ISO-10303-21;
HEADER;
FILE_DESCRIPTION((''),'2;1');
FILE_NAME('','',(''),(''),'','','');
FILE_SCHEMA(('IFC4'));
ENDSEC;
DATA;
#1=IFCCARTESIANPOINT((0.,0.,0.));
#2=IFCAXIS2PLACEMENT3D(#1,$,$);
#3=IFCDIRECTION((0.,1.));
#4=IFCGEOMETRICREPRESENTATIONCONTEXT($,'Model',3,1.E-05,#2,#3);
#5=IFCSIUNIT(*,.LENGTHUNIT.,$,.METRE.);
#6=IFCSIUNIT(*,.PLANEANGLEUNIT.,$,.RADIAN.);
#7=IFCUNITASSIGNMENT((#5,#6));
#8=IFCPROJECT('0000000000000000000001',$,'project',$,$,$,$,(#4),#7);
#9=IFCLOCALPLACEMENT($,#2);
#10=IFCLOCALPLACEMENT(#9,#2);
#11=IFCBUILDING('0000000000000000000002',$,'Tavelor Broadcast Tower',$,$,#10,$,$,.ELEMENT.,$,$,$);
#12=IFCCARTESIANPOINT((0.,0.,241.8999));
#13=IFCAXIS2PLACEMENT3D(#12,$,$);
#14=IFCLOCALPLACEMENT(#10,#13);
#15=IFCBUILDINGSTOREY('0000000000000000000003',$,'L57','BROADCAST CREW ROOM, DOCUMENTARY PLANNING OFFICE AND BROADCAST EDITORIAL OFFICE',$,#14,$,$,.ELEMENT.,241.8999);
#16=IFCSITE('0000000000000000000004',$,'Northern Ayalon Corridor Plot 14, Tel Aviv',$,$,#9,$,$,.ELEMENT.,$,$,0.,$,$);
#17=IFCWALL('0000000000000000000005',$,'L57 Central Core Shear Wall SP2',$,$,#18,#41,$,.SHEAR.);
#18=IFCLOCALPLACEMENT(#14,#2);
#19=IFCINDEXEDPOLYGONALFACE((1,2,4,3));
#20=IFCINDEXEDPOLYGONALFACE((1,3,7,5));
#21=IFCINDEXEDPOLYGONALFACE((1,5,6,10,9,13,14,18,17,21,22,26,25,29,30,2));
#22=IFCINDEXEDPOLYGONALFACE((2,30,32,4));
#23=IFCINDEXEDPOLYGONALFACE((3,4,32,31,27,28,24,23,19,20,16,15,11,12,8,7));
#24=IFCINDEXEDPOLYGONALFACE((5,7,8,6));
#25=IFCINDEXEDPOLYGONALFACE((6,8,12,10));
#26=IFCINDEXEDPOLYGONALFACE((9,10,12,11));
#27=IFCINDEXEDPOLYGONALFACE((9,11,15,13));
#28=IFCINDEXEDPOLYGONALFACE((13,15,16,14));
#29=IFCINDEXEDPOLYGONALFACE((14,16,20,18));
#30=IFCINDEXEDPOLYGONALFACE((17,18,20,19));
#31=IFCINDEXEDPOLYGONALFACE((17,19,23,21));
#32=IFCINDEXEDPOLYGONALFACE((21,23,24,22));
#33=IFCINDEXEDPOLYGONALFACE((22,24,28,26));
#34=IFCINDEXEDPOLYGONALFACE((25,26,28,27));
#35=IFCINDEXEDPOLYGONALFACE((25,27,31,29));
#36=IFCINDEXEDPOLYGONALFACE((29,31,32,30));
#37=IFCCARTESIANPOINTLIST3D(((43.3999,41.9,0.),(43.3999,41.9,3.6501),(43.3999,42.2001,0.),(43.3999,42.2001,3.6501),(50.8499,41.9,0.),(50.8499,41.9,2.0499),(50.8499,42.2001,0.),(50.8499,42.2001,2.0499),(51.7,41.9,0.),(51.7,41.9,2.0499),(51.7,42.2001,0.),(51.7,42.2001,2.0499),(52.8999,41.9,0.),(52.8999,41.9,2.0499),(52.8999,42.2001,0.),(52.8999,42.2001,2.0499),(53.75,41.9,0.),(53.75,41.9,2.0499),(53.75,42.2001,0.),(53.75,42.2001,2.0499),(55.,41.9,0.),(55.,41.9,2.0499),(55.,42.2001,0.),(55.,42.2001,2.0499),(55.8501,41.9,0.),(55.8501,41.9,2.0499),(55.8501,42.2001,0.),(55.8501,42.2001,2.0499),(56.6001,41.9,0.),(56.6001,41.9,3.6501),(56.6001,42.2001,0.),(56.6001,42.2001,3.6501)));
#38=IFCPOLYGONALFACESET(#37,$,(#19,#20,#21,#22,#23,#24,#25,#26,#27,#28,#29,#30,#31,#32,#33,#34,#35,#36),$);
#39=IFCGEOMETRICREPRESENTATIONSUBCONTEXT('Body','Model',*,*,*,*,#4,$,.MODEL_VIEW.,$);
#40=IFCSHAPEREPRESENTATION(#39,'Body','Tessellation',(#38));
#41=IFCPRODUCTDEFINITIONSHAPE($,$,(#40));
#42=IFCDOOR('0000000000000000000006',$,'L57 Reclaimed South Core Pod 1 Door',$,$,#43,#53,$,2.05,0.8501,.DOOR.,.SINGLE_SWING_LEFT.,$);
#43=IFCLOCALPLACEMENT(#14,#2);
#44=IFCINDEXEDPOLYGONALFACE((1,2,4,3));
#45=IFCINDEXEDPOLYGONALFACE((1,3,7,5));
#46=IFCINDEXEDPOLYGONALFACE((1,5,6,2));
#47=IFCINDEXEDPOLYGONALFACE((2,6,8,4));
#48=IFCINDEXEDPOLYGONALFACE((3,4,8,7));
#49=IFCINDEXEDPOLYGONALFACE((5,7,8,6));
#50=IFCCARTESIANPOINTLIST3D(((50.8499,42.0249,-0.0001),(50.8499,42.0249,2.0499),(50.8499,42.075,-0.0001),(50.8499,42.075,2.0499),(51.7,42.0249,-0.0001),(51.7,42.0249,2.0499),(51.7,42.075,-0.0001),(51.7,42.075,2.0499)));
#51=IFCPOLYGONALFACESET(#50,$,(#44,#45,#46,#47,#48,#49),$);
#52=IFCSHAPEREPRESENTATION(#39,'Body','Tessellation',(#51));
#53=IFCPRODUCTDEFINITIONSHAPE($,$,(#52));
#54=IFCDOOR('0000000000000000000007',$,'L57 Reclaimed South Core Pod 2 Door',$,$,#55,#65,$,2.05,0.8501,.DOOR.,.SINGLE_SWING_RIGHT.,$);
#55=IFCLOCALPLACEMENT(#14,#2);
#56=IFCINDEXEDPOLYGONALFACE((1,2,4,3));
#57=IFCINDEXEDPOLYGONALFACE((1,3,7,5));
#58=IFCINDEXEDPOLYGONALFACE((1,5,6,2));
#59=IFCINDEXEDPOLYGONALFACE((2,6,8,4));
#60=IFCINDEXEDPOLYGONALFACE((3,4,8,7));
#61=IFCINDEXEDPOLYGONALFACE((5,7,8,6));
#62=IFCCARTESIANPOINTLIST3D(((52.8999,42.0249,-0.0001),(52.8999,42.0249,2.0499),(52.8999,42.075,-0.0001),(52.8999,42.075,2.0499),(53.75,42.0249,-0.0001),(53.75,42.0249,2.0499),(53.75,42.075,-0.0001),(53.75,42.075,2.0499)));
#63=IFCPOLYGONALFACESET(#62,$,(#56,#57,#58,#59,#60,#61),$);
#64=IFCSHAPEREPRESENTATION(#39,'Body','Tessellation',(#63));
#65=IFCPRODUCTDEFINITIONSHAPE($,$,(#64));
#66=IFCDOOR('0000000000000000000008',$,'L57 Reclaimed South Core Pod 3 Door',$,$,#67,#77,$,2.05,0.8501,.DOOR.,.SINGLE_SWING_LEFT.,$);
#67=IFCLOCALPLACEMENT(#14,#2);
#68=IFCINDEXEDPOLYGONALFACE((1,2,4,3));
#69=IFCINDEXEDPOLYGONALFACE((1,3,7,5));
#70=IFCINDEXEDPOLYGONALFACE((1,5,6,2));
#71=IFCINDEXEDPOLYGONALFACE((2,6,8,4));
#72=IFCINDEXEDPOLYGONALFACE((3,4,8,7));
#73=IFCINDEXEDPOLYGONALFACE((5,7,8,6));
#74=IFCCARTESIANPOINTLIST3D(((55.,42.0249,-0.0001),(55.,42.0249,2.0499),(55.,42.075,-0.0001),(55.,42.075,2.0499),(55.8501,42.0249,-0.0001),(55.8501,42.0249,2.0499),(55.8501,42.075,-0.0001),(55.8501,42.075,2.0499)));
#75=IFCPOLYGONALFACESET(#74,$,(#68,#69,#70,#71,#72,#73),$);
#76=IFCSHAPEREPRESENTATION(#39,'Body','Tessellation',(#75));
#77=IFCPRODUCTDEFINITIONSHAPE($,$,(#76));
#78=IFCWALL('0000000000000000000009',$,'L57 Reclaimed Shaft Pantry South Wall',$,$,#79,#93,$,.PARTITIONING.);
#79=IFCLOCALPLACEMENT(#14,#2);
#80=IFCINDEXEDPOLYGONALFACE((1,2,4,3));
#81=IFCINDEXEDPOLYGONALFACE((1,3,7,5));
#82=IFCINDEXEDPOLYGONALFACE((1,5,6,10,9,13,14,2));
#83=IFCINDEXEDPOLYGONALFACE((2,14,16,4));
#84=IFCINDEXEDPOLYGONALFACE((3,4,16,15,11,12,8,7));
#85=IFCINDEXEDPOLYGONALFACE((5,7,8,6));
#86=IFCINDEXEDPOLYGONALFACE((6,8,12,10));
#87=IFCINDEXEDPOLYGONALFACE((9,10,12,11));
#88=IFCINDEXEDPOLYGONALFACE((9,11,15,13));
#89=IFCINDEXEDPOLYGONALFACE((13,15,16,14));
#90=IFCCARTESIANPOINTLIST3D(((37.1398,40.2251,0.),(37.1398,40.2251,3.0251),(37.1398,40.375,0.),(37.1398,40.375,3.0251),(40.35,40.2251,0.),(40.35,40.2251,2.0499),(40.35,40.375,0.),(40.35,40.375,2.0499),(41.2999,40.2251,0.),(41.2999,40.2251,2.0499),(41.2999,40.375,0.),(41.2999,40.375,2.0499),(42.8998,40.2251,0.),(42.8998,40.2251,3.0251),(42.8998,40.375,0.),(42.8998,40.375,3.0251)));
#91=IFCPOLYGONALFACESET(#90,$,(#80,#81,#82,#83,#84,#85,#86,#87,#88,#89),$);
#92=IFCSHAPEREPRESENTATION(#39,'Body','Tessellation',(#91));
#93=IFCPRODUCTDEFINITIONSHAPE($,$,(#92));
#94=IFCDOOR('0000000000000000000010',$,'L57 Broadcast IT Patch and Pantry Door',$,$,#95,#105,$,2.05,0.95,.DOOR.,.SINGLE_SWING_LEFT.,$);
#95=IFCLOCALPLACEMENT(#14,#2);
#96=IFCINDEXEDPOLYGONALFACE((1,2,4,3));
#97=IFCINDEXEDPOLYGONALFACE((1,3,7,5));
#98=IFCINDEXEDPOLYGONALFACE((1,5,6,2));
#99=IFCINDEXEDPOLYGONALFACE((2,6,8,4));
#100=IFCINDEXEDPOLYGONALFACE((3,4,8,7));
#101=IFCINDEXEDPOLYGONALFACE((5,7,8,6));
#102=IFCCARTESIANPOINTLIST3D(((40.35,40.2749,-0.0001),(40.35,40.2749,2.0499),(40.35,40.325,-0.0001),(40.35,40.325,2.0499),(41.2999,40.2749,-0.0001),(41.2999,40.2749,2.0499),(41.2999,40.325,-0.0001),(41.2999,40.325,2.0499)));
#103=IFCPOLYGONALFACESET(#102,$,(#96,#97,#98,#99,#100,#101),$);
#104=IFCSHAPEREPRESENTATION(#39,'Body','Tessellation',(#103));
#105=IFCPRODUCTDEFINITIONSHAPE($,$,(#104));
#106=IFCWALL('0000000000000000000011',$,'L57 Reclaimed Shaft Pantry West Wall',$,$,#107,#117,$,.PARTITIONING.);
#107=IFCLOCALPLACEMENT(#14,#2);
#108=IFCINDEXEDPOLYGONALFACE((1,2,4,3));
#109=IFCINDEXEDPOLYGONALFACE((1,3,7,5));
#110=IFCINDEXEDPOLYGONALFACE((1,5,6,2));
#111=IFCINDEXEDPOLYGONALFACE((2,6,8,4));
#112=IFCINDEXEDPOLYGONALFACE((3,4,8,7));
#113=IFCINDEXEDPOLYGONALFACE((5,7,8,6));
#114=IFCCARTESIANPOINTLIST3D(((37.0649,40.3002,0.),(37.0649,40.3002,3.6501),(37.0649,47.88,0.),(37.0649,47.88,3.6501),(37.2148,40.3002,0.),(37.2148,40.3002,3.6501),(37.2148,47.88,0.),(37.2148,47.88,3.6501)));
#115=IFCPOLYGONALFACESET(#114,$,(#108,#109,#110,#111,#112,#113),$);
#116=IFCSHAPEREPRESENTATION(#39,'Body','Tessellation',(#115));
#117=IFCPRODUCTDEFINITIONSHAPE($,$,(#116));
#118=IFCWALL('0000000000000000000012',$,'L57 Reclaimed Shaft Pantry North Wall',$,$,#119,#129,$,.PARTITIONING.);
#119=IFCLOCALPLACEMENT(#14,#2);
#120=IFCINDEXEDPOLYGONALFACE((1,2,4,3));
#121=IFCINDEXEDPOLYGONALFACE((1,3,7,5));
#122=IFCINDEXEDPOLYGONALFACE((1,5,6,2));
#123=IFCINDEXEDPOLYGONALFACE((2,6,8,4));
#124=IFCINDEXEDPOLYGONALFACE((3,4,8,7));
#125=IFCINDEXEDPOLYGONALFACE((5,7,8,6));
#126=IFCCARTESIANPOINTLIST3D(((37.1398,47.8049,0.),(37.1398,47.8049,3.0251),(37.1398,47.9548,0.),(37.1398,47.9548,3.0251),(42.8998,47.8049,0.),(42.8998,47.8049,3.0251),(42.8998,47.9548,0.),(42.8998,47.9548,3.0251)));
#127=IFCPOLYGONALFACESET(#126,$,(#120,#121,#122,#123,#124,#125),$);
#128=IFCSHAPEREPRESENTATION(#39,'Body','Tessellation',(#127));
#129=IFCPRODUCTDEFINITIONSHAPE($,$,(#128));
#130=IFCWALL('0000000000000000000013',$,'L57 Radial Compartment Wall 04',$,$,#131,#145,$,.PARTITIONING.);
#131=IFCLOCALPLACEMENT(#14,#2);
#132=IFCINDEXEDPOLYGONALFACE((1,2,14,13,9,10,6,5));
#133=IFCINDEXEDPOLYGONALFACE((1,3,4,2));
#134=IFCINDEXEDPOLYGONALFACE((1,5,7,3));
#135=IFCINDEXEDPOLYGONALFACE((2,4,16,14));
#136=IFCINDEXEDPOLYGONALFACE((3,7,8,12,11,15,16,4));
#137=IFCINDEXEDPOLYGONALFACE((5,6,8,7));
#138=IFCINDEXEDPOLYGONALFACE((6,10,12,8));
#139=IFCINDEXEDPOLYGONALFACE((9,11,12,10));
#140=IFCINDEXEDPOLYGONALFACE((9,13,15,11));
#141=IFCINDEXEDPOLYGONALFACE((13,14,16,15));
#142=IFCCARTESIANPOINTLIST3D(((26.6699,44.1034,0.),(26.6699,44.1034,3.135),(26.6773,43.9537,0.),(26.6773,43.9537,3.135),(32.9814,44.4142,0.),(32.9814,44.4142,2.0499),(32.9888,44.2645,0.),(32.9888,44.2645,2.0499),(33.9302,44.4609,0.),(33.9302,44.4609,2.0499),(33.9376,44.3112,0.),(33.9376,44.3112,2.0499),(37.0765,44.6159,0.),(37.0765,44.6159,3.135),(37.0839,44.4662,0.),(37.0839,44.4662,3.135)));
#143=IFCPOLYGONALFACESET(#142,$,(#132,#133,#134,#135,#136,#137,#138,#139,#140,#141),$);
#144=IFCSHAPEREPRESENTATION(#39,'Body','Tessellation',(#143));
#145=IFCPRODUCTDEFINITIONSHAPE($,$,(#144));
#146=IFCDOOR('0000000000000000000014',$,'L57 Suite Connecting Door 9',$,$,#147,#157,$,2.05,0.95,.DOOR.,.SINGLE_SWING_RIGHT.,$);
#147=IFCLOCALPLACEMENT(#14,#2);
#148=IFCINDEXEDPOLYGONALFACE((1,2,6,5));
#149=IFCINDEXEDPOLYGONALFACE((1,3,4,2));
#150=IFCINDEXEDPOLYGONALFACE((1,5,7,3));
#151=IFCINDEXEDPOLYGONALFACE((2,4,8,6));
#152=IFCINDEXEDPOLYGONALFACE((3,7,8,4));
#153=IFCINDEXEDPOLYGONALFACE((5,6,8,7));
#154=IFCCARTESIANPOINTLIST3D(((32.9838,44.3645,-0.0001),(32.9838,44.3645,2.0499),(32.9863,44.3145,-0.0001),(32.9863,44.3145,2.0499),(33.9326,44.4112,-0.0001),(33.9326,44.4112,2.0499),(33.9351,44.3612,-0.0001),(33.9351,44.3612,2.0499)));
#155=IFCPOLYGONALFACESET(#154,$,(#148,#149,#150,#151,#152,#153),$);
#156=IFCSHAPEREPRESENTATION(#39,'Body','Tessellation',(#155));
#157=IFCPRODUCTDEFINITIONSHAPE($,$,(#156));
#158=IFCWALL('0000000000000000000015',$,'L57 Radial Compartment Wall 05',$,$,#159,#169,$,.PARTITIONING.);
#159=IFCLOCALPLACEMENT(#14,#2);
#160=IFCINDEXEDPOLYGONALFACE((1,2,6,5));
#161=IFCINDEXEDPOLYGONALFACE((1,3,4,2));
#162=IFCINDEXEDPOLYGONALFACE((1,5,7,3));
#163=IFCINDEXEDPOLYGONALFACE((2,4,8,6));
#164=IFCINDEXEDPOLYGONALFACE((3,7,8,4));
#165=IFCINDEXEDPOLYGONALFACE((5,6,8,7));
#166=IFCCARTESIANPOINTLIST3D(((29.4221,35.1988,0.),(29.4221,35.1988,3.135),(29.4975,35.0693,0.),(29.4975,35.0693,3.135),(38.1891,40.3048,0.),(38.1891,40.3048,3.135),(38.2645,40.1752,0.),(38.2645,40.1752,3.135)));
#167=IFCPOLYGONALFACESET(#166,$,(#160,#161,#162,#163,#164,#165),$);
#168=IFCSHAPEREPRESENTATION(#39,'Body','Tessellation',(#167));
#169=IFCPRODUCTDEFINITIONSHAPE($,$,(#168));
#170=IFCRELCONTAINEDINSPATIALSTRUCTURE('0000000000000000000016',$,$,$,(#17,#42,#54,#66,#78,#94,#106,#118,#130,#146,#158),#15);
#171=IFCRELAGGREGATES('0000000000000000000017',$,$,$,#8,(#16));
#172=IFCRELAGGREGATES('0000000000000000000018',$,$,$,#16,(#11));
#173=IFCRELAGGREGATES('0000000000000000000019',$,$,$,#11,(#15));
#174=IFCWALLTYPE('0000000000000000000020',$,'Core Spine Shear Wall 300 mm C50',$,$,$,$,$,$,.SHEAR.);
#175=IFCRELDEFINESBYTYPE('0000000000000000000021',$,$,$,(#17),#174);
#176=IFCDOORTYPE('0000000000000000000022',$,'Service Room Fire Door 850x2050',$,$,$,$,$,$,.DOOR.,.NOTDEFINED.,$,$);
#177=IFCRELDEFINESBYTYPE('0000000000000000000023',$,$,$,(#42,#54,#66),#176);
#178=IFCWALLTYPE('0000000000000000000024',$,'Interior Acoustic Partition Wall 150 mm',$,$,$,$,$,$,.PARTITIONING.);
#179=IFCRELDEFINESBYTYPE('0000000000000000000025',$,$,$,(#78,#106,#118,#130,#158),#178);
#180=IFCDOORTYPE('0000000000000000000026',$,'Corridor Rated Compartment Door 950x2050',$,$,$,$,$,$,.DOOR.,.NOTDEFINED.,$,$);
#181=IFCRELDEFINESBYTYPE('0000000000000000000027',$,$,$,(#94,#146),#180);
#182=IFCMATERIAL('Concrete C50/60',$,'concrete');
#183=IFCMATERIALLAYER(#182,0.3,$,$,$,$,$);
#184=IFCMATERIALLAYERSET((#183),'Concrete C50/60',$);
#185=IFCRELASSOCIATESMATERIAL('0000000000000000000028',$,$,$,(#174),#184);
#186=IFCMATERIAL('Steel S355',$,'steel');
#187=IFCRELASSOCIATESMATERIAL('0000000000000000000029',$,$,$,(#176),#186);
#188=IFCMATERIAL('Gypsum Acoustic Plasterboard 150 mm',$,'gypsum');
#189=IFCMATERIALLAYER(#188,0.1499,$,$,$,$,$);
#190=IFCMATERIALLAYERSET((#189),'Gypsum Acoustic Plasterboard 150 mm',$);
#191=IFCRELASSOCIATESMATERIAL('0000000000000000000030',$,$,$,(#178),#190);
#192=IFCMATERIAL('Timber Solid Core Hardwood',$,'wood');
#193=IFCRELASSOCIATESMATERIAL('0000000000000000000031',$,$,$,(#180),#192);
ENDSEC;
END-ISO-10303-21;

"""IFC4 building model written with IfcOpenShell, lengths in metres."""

from ifc_helpers import new_model, si_unit, direction, frame, frame_2d, origin, place, context, subcontext, project, spatial, rectangle, extrude, material, layer, layer_set, type_object, element, fill, save


model = new_model("IFC4")

# Units and contexts
model_context = context("Model", 3, precision=1e-05, world=origin(), true_north=direction((0.0, 1.0)))
body_context = subcontext(model_context, "Body", "Model", "MODEL_VIEW")
ifc_project = project(units=[si_unit("LENGTHUNIT", "METRE"), si_unit("PLANEANGLEUNIT", "RADIAN")], contexts=[model_context])

# Site, building, storey
site_placement = place(None, origin())
site = spatial("IfcSite", under=ifc_project, at=site_placement, Name="Northern Ayalon Corridor Plot 14, Tel Aviv", CompositionType="ELEMENT", RefElevation=0.0)
building_placement = place(site_placement, origin())
building = spatial("IfcBuilding", under=site, at=building_placement, Name="Tavelor Broadcast Tower", CompositionType="ELEMENT")
storey_placement = place(building_placement, frame((0.0, 0.0, 241.8999)))
storey = spatial("IfcBuildingStorey", under=building, at=storey_placement, Name="L57", Description="BROADCAST CREW ROOM, DOCUMENTARY PLANNING OFFICE AND BROADCAST EDITORIAL OFFICE", CompositionType="ELEMENT", Elevation=241.8999)

# Shared definitions
ifc_material_1 = material(Name="Concrete C50/60", Category="concrete")

# Shared definitions
ifc_material_2 = material(Name="Steel S355", Category="steel")

# Wall, openings, doors
ifc_layer_1 = layer(ifc_material_1, 0.3)
ifc_layer_set_1 = layer_set([ifc_layer_1], Name="Concrete C50/60")
wall_type_1 = type_object("IfcWallType", Name="Core Spine Shear Wall 300 mm C50", PredefinedType="SHEAR", material=ifc_layer_set_1)
wall_1_placement = place(storey_placement, frame((43.3999, 42.05, 0.0), z_axis=(0.0, 0.0, 1.0), x_axis=(1.0, 0.0, 0.0)))
wall_1 = element("IfcWall", 1, at=wall_1_placement, inside=storey, type_object=wall_type_1, Name="L57 Central Core Shear Wall SP2", PredefinedType="SHEAR", context=body_context, shape_type="SweptSolid", body=[
    extrude(rectangle(XDim=13.2002, YDim=0.3, at=frame_2d((6.6001, 0.0))), origin(), (0.0, 0.0, 1.0), 3.6501),
])
opening_1_placement = place(wall_1_placement, frame((7.45, 0.0, 0.0)))
opening_1 = element("IfcOpeningElement", 2, at=opening_1_placement, cuts=wall_1, PredefinedType="OPENING", context=body_context, shape_type="SweptSolid", body=[
    extrude(rectangle(XDim=0.8501, YDim=2.05, at=frame_2d((0.425, 1.0249))), frame((0.0, 0.1602, 0.0), z_axis=(0.0, -1.0, 0.0), x_axis=(1.0, 0.0, 0.0)), (0.0, 0.0, 1.0), 0.3201),
])
opening_2_placement = place(wall_1_placement, frame((9.5, 0.0, 0.0)))
opening_2 = element("IfcOpeningElement", 3, at=opening_2_placement, cuts=wall_1, PredefinedType="OPENING", context=body_context, shape_type="SweptSolid", body=[
    extrude(rectangle(XDim=0.8501, YDim=2.05, at=frame_2d((0.425, 1.0249))), frame((0.0, 0.1602, 0.0), z_axis=(0.0, -1.0, 0.0), x_axis=(1.0, 0.0, 0.0)), (0.0, 0.0, 1.0), 0.3201),
])
opening_3_placement = place(wall_1_placement, frame((11.6001, 0.0, 0.0)))
opening_3 = element("IfcOpeningElement", 4, at=opening_3_placement, cuts=wall_1, PredefinedType="OPENING", context=body_context, shape_type="SweptSolid", body=[
    extrude(rectangle(XDim=0.8501, YDim=2.05, at=frame_2d((0.425, 1.0249))), frame((0.0, 0.1602, 0.0), z_axis=(0.0, -1.0, 0.0), x_axis=(1.0, 0.0, 0.0)), (0.0, 0.0, 1.0), 0.3201),
])
door_type_1 = type_object("IfcDoorType", Name="Service Room Fire Door 850x2050", OperationType="NOTDEFINED", PredefinedType="DOOR", material=ifc_material_2)
door_1_placement = place(opening_1_placement, origin())
door_1 = element("IfcDoor", 5, at=door_1_placement, inside=storey, type_object=door_type_1, Name="L57 Reclaimed South Core Pod 1 Door", OperationType="SINGLE_SWING_LEFT", OverallHeight=2.05, OverallWidth=0.8501, PredefinedType="DOOR", context=body_context, shape_type="SweptSolid", body=[
    extrude(rectangle(XDim=0.8501, YDim=2.05, at=frame_2d((0.425, 1.0249))), frame((0.0, 0.0249, 0.0), z_axis=(0.0, -1.0, 0.0), x_axis=(1.0, 0.0, 0.0)), (0.0, 0.0, 1.0), 0.05),
])
fill(opening_1, door_1)
door_2_placement = place(opening_2_placement, origin())
door_2 = element("IfcDoor", 6, at=door_2_placement, inside=storey, type_object=door_type_1, Name="L57 Reclaimed South Core Pod 2 Door", OperationType="SINGLE_SWING_RIGHT", OverallHeight=2.05, OverallWidth=0.8501, PredefinedType="DOOR", context=body_context, shape_type="SweptSolid", body=[
    extrude(rectangle(XDim=0.8501, YDim=2.05, at=frame_2d((0.425, 1.0249))), frame((0.0, 0.0249, 0.0), z_axis=(0.0, -1.0, 0.0), x_axis=(1.0, 0.0, 0.0)), (0.0, 0.0, 1.0), 0.05),
])
fill(opening_2, door_2)
door_3_placement = place(opening_3_placement, origin())
door_3 = element("IfcDoor", 7, at=door_3_placement, inside=storey, type_object=door_type_1, Name="L57 Reclaimed South Core Pod 3 Door", OperationType="SINGLE_SWING_LEFT", OverallHeight=2.05, OverallWidth=0.8501, PredefinedType="DOOR", context=body_context, shape_type="SweptSolid", body=[
    extrude(rectangle(XDim=0.8501, YDim=2.05, at=frame_2d((0.425, 1.0249))), frame((0.0, 0.0249, 0.0), z_axis=(0.0, -1.0, 0.0), x_axis=(1.0, 0.0, 0.0)), (0.0, 0.0, 1.0), 0.05),
])
fill(opening_3, door_3)

# Wall, opening, door
ifc_material_3 = material(Name="Gypsum Acoustic Plasterboard 150 mm", Category="gypsum")
ifc_layer_2 = layer(ifc_material_3, 0.1499)
ifc_layer_set_2 = layer_set([ifc_layer_2], Name="Gypsum Acoustic Plasterboard 150 mm")
wall_type_2 = type_object("IfcWallType", Name="Interior Acoustic Partition Wall 150 mm", PredefinedType="PARTITIONING", material=ifc_layer_set_2)
wall_2_placement = place(storey_placement, frame((37.1399, 40.3, 0.0), z_axis=(0.0, 0.0, 1.0), x_axis=(1.0, 0.0, 0.0)))
wall_2 = element("IfcWall", 8, at=wall_2_placement, inside=storey, type_object=wall_type_2, Name="L57 Reclaimed Shaft Pantry South Wall", PredefinedType="PARTITIONING", context=body_context, shape_type="SweptSolid", body=[
    extrude(rectangle(XDim=5.76, YDim=0.1499, at=frame_2d((2.8799, 0.0))), origin(), (0.0, 0.0, 1.0), 3.0251),
])
opening_4_placement = place(wall_2_placement, frame((3.21, 0.0, 0.0)))
opening_4 = element("IfcOpeningElement", 9, at=opening_4_placement, cuts=wall_2, PredefinedType="OPENING", context=body_context, shape_type="SweptSolid", body=[
    extrude(rectangle(XDim=0.95, YDim=2.05, at=frame_2d((0.4751, 1.0249))), frame((0.0, 0.085, 0.0), z_axis=(0.0, -1.0, 0.0), x_axis=(1.0, 0.0, 0.0)), (0.0, 0.0, 1.0), 0.1699),
])
ifc_material_4 = material(Name="Timber Solid Core Hardwood", Category="wood")
door_type_2 = type_object("IfcDoorType", Name="Corridor Rated Compartment Door 950x2050", OperationType="NOTDEFINED", PredefinedType="DOOR", material=ifc_material_4)
door_4_placement = place(opening_4_placement, origin())
door_4 = element("IfcDoor", 10, at=door_4_placement, inside=storey, type_object=door_type_2, Name="L57 Broadcast IT Patch and Pantry Door", OperationType="SINGLE_SWING_LEFT", OverallHeight=2.05, OverallWidth=0.95, PredefinedType="DOOR", context=body_context, shape_type="SweptSolid", body=[
    extrude(rectangle(XDim=0.95, YDim=2.05, at=frame_2d((0.4751, 1.0249))), frame((0.0, 0.0249, 0.0), z_axis=(0.0, -1.0, 0.0), x_axis=(1.0, 0.0, 0.0)), (0.0, 0.0, 1.0), 0.05),
])
fill(opening_4, door_4)

# Walls
wall_3_placement = place(storey_placement, frame((37.1399, 40.3, 0.0), z_axis=(0.0, 0.0, 1.0), x_axis=(0.0, 1.0, 0.0)))
element("IfcWall", 11, at=wall_3_placement, inside=storey, type_object=wall_type_2, Name="L57 Reclaimed Shaft Pantry West Wall", PredefinedType="PARTITIONING", context=body_context, shape_type="SweptSolid", body=[
    extrude(rectangle(XDim=7.5798, YDim=0.1499, at=frame_2d((3.79, 0.0))), origin(), (0.0, 0.0, 1.0), 3.6501),
])
wall_4_placement = place(storey_placement, frame((37.1399, 47.8799, 0.0), z_axis=(0.0, 0.0, 1.0), x_axis=(1.0, 0.0, 0.0)))
element("IfcWall", 12, at=wall_4_placement, inside=storey, type_object=wall_type_2, Name="L57 Reclaimed Shaft Pantry North Wall", PredefinedType="PARTITIONING", context=body_context, shape_type="SweptSolid", body=[
    extrude(rectangle(XDim=5.76, YDim=0.1499, at=frame_2d((2.8799, 0.0))), origin(), (0.0, 0.0, 1.0), 3.0251),
])

# Wall, opening, door
wall_5_placement = place(storey_placement, frame((37.0801, 44.541, 0.0), z_axis=(0.0, 0.0, 1.0), x_axis=(-0.99879, -0.049184, 0.0)))
wall_5 = element("IfcWall", 13, at=wall_5_placement, inside=storey, type_object=wall_type_2, Name="L57 Radial Compartment Wall 04", PredefinedType="PARTITIONING", context=body_context, shape_type="SweptSolid", body=[
    extrude(rectangle(XDim=10.4192, YDim=0.1499, at=frame_2d((5.2095, 0.0))), origin(), (0.0, 0.0, 1.0), 3.135),
])
opening_5_placement = place(wall_5_placement, frame((3.1499, 0.0, 0.0)))
opening_5 = element("IfcOpeningElement", 14, at=opening_5_placement, cuts=wall_5, PredefinedType="OPENING", context=body_context, shape_type="SweptSolid", body=[
    extrude(rectangle(XDim=0.95, YDim=2.05, at=frame_2d((0.4751, 1.0249))), frame((0.0, 0.085, 0.0), z_axis=(0.0, -1.0, 0.0), x_axis=(1.0, 0.0, 0.0)), (0.0, 0.0, 1.0), 0.1699),
])
door_5_placement = place(opening_5_placement, origin())
door_5 = element("IfcDoor", 15, at=door_5_placement, inside=storey, type_object=door_type_2, Name="L57 Suite Connecting Door 9", OperationType="SINGLE_SWING_RIGHT", OverallHeight=2.05, OverallWidth=0.95, PredefinedType="DOOR", context=body_context, shape_type="SweptSolid", body=[
    extrude(rectangle(XDim=0.95, YDim=2.05, at=frame_2d((0.4751, 1.0249))), frame((0.0, 0.0249, 0.0), z_axis=(0.0, -1.0, 0.0), x_axis=(1.0, 0.0, 0.0)), (0.0, 0.0, 1.0), 0.05),
])
fill(opening_5, door_5)

# Wall
wall_6_placement = place(storey_placement, frame((38.2268, 40.24, 0.0), z_axis=(0.0, 0.0, 1.0), x_axis=(-0.86413, -0.503269, 0.0)))
element("IfcWall", 16, at=wall_6_placement, inside=storey, type_object=wall_type_2, Name="L57 Radial Compartment Wall 05", PredefinedType="PARTITIONING", context=body_context, shape_type="SweptSolid", body=[
    extrude(rectangle(XDim=10.1455, YDim=0.1499, at=frame_2d((5.0728, 0.0))), origin(), (0.0, 0.0, 1.0), 3.135),
])

save(model, "model.ifc")
